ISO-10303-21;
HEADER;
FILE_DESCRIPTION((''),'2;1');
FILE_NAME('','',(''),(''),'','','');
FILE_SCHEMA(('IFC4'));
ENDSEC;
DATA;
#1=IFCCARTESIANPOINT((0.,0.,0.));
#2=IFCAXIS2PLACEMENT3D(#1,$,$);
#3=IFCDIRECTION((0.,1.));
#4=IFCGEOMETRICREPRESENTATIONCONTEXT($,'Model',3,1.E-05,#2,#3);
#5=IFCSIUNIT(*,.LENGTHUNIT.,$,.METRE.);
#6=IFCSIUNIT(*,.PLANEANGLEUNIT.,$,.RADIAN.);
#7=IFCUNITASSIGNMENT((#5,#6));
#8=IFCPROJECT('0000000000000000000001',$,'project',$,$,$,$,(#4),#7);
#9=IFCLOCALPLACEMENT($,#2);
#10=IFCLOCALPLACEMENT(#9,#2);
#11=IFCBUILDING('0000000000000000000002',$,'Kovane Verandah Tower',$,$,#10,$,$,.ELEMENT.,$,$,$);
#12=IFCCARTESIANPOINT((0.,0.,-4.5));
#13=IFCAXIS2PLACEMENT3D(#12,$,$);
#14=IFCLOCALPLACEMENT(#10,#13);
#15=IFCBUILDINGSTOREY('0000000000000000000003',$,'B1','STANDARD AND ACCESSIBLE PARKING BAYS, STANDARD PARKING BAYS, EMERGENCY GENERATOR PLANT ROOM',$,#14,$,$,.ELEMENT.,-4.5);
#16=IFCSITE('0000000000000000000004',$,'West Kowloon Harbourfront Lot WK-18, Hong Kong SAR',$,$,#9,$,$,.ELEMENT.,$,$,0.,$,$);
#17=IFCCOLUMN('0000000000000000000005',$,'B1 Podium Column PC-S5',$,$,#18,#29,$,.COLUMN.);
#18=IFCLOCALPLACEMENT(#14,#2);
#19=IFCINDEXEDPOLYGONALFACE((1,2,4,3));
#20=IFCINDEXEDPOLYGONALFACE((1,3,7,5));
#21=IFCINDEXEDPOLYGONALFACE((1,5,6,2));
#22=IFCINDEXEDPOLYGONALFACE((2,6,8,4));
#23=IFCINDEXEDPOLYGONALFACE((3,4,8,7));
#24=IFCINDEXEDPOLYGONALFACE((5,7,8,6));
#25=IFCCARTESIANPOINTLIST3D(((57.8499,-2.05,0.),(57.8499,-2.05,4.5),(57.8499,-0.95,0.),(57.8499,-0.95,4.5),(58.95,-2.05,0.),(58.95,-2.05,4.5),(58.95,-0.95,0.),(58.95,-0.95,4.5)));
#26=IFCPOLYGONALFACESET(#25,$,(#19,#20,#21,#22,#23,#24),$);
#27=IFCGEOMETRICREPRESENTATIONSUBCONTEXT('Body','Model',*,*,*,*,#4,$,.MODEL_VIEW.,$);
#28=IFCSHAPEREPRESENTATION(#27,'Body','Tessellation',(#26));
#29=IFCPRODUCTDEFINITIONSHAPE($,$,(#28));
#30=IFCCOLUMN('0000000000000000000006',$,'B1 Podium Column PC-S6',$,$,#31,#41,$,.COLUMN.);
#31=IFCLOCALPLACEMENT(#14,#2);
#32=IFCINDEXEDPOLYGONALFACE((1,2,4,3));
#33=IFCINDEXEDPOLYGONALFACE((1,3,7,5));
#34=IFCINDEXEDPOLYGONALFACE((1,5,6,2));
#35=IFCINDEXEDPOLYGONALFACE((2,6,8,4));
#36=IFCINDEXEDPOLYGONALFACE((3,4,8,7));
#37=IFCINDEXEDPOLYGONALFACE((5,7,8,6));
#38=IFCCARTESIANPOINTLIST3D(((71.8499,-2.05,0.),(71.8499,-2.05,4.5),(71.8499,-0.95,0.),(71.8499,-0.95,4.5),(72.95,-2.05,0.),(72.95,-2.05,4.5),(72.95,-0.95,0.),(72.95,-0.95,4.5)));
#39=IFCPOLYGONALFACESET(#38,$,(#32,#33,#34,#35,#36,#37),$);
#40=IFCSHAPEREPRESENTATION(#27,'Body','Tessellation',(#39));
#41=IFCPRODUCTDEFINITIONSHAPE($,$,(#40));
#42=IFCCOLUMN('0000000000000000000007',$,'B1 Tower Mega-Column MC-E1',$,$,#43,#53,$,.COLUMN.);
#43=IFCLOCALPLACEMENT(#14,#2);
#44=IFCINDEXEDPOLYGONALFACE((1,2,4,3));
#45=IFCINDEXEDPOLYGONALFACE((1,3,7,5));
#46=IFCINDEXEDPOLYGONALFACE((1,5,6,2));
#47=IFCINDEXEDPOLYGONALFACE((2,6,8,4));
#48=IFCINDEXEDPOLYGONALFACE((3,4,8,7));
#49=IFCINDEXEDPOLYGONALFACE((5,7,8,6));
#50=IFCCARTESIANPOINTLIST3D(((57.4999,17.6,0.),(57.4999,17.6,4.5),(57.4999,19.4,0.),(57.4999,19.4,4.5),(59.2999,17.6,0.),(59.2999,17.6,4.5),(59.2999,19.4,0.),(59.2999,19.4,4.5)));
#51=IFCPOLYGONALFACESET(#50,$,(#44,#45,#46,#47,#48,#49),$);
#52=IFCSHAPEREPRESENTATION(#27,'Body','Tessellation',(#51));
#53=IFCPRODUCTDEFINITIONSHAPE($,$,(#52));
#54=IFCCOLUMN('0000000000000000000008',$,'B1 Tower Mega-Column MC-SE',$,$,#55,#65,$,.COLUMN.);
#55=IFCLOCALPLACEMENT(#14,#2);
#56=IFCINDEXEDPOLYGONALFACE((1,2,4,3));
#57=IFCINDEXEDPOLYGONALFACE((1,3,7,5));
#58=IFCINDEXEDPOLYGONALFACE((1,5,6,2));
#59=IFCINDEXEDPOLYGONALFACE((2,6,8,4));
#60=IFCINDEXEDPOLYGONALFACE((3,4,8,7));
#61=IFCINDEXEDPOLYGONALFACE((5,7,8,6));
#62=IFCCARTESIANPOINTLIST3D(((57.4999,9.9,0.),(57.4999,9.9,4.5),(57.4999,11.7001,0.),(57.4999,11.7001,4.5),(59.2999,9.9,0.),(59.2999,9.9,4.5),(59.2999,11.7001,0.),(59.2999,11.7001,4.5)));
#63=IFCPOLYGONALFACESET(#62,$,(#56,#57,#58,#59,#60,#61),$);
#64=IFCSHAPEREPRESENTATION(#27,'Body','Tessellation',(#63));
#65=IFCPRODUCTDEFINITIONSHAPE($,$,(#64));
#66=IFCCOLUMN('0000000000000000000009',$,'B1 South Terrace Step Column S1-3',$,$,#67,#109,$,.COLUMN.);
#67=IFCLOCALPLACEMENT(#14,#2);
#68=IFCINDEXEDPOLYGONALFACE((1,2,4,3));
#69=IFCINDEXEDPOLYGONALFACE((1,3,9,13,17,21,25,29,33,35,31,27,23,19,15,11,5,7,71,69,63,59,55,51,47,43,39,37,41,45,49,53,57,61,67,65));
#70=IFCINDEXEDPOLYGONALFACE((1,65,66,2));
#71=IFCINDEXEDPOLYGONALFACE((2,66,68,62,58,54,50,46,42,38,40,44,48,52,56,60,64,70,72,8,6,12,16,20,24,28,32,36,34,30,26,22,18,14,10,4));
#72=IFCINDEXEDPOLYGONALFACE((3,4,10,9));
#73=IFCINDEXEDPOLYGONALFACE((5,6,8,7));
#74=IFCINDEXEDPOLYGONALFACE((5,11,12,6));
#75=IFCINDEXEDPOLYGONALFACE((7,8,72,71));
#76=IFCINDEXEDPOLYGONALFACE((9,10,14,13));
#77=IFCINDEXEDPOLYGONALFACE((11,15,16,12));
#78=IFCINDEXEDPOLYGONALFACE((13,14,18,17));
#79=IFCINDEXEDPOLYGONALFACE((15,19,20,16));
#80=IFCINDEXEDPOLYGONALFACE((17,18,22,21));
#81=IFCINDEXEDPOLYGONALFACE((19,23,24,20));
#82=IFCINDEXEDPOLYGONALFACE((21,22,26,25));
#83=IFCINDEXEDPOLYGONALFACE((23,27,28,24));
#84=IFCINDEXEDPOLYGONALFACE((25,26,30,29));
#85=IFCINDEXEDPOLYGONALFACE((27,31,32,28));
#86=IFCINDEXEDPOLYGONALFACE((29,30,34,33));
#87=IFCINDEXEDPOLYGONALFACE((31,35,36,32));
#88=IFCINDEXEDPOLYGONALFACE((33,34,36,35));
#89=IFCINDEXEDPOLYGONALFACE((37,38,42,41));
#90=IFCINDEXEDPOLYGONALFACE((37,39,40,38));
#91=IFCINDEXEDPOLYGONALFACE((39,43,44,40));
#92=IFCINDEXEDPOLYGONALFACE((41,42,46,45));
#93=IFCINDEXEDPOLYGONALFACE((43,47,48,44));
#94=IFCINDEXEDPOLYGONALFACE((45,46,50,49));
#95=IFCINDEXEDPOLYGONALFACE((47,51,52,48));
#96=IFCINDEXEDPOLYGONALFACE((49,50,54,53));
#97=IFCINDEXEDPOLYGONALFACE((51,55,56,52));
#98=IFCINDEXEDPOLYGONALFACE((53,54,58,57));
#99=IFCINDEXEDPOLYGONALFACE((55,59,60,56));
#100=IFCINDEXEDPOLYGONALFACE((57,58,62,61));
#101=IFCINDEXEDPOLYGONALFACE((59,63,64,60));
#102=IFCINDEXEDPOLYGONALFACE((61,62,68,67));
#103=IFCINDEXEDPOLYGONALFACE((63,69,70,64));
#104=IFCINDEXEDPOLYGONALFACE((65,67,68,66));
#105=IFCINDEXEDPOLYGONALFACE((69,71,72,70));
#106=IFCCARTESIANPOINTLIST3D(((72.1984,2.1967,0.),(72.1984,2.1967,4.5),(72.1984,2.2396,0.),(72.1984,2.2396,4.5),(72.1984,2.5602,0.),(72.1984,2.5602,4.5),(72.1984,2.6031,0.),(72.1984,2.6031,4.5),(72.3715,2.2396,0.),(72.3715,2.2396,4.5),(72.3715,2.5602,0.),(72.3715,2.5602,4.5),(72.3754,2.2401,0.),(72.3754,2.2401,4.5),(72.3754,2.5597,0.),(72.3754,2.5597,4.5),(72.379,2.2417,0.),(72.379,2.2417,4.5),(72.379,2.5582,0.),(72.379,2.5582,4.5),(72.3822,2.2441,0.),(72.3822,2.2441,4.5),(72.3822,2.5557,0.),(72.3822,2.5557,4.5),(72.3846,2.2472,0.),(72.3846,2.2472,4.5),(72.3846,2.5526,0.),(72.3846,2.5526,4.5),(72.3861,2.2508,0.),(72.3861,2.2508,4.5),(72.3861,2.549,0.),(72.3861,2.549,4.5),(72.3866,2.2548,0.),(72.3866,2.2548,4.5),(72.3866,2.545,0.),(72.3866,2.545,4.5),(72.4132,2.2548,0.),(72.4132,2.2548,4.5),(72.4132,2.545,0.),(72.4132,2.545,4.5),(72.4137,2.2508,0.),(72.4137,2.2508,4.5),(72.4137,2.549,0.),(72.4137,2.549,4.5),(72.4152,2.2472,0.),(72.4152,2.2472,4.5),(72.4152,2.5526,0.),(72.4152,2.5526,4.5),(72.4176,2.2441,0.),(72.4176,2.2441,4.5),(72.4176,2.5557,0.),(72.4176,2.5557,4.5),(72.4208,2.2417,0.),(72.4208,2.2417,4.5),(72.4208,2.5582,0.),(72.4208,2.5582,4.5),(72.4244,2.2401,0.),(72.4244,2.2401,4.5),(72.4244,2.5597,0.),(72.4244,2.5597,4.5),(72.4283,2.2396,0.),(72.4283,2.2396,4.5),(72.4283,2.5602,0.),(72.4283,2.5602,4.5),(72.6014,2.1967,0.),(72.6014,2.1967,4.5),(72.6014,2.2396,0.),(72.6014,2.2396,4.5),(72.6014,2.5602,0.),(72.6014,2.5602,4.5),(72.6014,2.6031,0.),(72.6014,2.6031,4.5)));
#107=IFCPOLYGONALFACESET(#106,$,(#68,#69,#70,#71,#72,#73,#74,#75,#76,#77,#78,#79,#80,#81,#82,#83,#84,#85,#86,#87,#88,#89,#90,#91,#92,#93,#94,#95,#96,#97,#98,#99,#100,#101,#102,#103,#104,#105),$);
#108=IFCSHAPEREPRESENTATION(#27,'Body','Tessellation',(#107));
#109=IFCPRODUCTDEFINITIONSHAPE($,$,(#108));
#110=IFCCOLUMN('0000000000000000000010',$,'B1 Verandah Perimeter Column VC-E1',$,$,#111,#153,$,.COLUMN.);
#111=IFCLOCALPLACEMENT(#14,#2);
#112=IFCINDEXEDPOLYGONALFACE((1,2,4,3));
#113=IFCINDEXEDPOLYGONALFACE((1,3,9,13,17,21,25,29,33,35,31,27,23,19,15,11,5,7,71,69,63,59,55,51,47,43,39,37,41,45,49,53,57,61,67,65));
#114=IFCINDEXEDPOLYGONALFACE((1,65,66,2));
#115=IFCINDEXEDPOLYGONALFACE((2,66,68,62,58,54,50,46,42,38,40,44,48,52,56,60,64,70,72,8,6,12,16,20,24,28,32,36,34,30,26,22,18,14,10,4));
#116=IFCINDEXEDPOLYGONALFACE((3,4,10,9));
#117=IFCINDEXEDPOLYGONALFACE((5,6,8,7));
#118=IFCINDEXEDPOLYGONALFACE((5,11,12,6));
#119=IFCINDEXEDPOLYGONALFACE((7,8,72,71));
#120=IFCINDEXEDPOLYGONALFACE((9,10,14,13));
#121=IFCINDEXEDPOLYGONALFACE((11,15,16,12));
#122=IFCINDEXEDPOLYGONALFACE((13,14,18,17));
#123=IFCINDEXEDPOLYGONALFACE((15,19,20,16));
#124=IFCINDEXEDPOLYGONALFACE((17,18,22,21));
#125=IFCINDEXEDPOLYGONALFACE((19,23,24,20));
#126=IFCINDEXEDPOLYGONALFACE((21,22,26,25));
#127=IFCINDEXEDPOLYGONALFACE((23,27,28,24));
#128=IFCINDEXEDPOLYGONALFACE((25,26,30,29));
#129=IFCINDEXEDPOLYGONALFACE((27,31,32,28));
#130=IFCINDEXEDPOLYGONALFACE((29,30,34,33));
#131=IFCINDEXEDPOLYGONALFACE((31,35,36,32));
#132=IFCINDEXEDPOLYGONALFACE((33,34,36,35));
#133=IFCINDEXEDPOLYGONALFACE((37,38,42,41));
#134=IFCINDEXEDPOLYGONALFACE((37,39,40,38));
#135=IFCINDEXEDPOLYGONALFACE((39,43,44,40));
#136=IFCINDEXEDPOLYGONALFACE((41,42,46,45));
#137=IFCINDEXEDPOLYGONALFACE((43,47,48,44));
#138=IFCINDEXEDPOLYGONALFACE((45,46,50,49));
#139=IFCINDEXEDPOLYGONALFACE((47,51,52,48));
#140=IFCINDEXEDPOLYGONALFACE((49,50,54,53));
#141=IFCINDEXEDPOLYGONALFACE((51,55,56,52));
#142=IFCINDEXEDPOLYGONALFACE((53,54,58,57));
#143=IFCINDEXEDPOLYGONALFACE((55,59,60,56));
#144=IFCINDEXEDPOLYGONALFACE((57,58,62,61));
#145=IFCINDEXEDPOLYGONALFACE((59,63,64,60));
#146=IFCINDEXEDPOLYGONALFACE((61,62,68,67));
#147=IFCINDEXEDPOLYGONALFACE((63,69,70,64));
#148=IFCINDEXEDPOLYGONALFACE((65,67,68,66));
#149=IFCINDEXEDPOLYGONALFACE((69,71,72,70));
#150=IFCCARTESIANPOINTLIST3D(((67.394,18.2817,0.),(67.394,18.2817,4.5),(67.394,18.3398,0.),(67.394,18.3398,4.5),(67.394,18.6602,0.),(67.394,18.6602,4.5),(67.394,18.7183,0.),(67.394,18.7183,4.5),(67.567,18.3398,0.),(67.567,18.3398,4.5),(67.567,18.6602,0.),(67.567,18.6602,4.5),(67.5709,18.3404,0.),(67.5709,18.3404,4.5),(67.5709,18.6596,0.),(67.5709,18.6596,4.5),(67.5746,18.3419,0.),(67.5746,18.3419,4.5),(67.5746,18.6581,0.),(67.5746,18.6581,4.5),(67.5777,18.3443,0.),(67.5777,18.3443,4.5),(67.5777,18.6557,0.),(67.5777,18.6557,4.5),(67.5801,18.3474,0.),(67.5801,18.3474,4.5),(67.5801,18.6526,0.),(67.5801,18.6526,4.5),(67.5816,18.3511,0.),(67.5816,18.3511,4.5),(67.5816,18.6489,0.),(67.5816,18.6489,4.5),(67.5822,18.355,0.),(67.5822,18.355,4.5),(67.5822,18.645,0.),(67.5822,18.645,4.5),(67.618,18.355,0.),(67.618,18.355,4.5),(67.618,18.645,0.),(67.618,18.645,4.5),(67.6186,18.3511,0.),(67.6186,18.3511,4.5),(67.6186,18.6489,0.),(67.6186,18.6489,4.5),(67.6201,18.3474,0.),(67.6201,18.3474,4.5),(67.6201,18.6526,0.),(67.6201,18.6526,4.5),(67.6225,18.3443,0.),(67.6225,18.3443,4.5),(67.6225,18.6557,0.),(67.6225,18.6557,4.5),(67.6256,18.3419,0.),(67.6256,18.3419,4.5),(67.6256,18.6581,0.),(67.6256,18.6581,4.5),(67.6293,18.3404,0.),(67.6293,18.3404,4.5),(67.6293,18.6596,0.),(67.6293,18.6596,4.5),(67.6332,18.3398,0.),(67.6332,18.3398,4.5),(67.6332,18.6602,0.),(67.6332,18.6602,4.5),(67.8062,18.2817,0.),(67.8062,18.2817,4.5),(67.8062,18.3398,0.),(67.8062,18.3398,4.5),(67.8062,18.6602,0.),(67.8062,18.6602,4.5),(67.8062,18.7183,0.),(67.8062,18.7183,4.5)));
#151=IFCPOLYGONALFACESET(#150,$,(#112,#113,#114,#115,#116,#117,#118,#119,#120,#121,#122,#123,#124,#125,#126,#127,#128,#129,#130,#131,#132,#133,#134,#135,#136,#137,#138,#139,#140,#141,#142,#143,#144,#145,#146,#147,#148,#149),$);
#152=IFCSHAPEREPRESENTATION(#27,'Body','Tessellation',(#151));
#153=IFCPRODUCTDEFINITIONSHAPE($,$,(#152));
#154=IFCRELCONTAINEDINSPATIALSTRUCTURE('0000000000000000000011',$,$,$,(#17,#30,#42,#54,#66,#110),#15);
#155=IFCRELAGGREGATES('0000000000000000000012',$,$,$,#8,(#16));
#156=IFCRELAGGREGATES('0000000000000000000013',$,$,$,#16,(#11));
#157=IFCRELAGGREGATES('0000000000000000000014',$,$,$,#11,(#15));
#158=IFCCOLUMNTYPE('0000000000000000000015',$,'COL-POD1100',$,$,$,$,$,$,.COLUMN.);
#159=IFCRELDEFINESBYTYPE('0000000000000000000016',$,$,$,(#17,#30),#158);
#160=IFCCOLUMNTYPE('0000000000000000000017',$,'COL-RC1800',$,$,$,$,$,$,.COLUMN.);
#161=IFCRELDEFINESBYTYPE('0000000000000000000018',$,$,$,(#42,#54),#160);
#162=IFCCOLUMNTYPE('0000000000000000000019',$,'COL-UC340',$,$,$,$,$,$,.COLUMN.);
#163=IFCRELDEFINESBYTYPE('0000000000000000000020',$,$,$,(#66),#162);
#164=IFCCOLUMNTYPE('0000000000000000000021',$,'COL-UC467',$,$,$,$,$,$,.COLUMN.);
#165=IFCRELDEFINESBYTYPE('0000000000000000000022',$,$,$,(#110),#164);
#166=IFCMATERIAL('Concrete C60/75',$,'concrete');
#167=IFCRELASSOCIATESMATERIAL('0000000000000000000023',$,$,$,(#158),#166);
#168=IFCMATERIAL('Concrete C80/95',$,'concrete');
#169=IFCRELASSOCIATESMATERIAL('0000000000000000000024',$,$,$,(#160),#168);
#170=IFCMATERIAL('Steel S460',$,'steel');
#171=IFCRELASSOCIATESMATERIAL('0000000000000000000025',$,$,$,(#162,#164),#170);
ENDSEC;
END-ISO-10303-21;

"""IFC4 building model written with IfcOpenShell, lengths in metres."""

from ifc_helpers import new_model, si_unit, direction, frame, origin, origin_2d, place, context, subcontext, project, spatial, rectangle, i_section, extrude, material, material_profile, profile_set, type_object, element, save


model = new_model("IFC4")

# Units and contexts
model_context = context("Model", 3, precision=1e-05, world=origin(), true_north=direction((0.0, 1.0)))
body_context = subcontext(model_context, "Body", "Model", "MODEL_VIEW")
ifc_project = project(units=[si_unit("LENGTHUNIT", "METRE"), si_unit("PLANEANGLEUNIT", "RADIAN")], contexts=[model_context])

# Site, building, storey
site_placement = place(None, origin())
site = spatial("IfcSite", under=ifc_project, at=site_placement, Name="West Kowloon Harbourfront Lot WK-18, Hong Kong SAR", CompositionType="ELEMENT", RefElevation=0.0)
building_placement = place(site_placement, origin())
building = spatial("IfcBuilding", under=site, at=building_placement, Name="Kovane Verandah Tower", CompositionType="ELEMENT")
storey_placement = place(building_placement, frame((0.0, 0.0, -4.5)))
storey = spatial("IfcBuildingStorey", under=building, at=storey_placement, Name="B1", Description="STANDARD AND ACCESSIBLE PARKING BAYS, STANDARD PARKING BAYS, EMERGENCY GENERATOR PLANT ROOM", CompositionType="ELEMENT", Elevation=-4.5)

# Columns
ifc_material_1 = material(Name="Concrete C60/75", Category="concrete")
ifc_material_profile_1 = material_profile(ifc_material_1, rectangle(XDim=1.1001, YDim=1.1001, at=origin_2d()), Name="RC1100x1100")
ifc_profile_set_1 = profile_set([ifc_material_profile_1], Name="Concrete C60/75")
column_type_1 = type_object("IfcColumnType", Name="COL-POD1100", PredefinedType="COLUMN", material=ifc_profile_set_1)
for number, where, z_axis, x_axis, name in (
    (1, (58.3999, -1.5, 0.0), (0.0, 0.0, 1.0), (1.0, 0.0, 0.0), "B1 Podium Column PC-S5"),
    (2, (72.3999, -1.5, 0.0), (0.0, 0.0, 1.0), (1.0, 0.0, 0.0), "B1 Podium Column PC-S6"),
):
    element("IfcColumn", number, at=place(storey_placement, frame(where, z_axis=z_axis, x_axis=x_axis)), inside=storey, type_object=column_type_1, Name=name, PredefinedType="COLUMN", context=body_context, shape_type="SweptSolid", body=[
        extrude(rectangle(XDim=1.1001, YDim=1.1001, at=origin_2d()), origin(), (0.0, 0.0, 1.0), 4.5),
    ])
ifc_material_2 = material(Name="Concrete C80/95", Category="concrete")
ifc_material_profile_2 = material_profile(ifc_material_2, rectangle(XDim=1.8, YDim=1.8, at=origin_2d()), Name="RC1800x1800")
ifc_profile_set_2 = profile_set([ifc_material_profile_2], Name="Concrete C80/95")
column_type_2 = type_object("IfcColumnType", Name="COL-RC1800", PredefinedType="COLUMN", material=ifc_profile_set_2)
for number, where, z_axis, x_axis, name in (
    (3, (58.3999, 18.5, 0.0), (0.0, 0.0, 1.0), (1.0, 0.0, 0.0), "B1 Tower Mega-Column MC-E1"),
    (4, (58.3999, 10.8, 0.0), (0.0, 0.0, 1.0), (1.0, 0.0, 0.0), "B1 Tower Mega-Column MC-SE"),
):
    element("IfcColumn", number, at=place(storey_placement, frame(where, z_axis=z_axis, x_axis=x_axis)), inside=storey, type_object=column_type_2, Name=name, PredefinedType="COLUMN", context=body_context, shape_type="SweptSolid", body=[
        extrude(rectangle(XDim=1.8, YDim=1.8, at=origin_2d()), origin(), (0.0, 0.0, 1.0), 4.5),
    ])
ifc_material_3 = material(Name="Steel S460", Category="steel")
ifc_material_profile_3 = material_profile(ifc_material_3, i_section(OverallWidth=0.4031, OverallDepth=0.4065, WebThickness=0.0266, FlangeThickness=0.043, FilletRadius=0.0151, at=origin_2d()), Name="UC356x406x340")
ifc_profile_set_3 = profile_set([ifc_material_profile_3], Name="Steel S460")
column_type_3 = type_object("IfcColumnType", Name="COL-UC340", PredefinedType="COLUMN", material=ifc_profile_set_3)
column_1_placement = place(storey_placement, frame((72.3999, 2.3999, 0.0), z_axis=(0.0, 0.0, 1.0), x_axis=(1.0, 0.0, 0.0)))
element("IfcColumn", 5, at=column_1_placement, inside=storey, type_object=column_type_3, Name="B1 South Terrace Step Column S1-3", PredefinedType="COLUMN", context=body_context, shape_type="SweptSolid", body=[
    extrude(i_section(OverallWidth=0.4031, OverallDepth=0.4065, WebThickness=0.0266, FlangeThickness=0.043, FilletRadius=0.0151, at=origin_2d()), origin(), (0.0, 0.0, 1.0), 4.5),
])
ifc_material_profile_4 = material_profile(ifc_material_3, i_section(OverallWidth=0.4121, OverallDepth=0.4365, WebThickness=0.0359, FlangeThickness=0.0581, FilletRadius=0.0151, at=origin_2d()), Name="UC356x406x467")
ifc_profile_set_4 = profile_set([ifc_material_profile_4], Name="Steel S460")
column_type_4 = type_object("IfcColumnType", Name="COL-UC467", PredefinedType="COLUMN", material=ifc_profile_set_4)
column_2_placement = place(storey_placement, frame((67.6001, 18.5, 0.0), z_axis=(0.0, 0.0, 1.0), x_axis=(1.0, 0.0, 0.0)))
element("IfcColumn", 6, at=column_2_placement, inside=storey, type_object=column_type_4, Name="B1 Verandah Perimeter Column VC-E1", PredefinedType="COLUMN", context=body_context, shape_type="SweptSolid", body=[
    extrude(i_section(OverallWidth=0.4121, OverallDepth=0.4365, WebThickness=0.0359, FlangeThickness=0.0581, FilletRadius=0.0151, at=origin_2d()), origin(), (0.0, 0.0, 1.0), 4.5),
])

save(model, "model.ifc")
